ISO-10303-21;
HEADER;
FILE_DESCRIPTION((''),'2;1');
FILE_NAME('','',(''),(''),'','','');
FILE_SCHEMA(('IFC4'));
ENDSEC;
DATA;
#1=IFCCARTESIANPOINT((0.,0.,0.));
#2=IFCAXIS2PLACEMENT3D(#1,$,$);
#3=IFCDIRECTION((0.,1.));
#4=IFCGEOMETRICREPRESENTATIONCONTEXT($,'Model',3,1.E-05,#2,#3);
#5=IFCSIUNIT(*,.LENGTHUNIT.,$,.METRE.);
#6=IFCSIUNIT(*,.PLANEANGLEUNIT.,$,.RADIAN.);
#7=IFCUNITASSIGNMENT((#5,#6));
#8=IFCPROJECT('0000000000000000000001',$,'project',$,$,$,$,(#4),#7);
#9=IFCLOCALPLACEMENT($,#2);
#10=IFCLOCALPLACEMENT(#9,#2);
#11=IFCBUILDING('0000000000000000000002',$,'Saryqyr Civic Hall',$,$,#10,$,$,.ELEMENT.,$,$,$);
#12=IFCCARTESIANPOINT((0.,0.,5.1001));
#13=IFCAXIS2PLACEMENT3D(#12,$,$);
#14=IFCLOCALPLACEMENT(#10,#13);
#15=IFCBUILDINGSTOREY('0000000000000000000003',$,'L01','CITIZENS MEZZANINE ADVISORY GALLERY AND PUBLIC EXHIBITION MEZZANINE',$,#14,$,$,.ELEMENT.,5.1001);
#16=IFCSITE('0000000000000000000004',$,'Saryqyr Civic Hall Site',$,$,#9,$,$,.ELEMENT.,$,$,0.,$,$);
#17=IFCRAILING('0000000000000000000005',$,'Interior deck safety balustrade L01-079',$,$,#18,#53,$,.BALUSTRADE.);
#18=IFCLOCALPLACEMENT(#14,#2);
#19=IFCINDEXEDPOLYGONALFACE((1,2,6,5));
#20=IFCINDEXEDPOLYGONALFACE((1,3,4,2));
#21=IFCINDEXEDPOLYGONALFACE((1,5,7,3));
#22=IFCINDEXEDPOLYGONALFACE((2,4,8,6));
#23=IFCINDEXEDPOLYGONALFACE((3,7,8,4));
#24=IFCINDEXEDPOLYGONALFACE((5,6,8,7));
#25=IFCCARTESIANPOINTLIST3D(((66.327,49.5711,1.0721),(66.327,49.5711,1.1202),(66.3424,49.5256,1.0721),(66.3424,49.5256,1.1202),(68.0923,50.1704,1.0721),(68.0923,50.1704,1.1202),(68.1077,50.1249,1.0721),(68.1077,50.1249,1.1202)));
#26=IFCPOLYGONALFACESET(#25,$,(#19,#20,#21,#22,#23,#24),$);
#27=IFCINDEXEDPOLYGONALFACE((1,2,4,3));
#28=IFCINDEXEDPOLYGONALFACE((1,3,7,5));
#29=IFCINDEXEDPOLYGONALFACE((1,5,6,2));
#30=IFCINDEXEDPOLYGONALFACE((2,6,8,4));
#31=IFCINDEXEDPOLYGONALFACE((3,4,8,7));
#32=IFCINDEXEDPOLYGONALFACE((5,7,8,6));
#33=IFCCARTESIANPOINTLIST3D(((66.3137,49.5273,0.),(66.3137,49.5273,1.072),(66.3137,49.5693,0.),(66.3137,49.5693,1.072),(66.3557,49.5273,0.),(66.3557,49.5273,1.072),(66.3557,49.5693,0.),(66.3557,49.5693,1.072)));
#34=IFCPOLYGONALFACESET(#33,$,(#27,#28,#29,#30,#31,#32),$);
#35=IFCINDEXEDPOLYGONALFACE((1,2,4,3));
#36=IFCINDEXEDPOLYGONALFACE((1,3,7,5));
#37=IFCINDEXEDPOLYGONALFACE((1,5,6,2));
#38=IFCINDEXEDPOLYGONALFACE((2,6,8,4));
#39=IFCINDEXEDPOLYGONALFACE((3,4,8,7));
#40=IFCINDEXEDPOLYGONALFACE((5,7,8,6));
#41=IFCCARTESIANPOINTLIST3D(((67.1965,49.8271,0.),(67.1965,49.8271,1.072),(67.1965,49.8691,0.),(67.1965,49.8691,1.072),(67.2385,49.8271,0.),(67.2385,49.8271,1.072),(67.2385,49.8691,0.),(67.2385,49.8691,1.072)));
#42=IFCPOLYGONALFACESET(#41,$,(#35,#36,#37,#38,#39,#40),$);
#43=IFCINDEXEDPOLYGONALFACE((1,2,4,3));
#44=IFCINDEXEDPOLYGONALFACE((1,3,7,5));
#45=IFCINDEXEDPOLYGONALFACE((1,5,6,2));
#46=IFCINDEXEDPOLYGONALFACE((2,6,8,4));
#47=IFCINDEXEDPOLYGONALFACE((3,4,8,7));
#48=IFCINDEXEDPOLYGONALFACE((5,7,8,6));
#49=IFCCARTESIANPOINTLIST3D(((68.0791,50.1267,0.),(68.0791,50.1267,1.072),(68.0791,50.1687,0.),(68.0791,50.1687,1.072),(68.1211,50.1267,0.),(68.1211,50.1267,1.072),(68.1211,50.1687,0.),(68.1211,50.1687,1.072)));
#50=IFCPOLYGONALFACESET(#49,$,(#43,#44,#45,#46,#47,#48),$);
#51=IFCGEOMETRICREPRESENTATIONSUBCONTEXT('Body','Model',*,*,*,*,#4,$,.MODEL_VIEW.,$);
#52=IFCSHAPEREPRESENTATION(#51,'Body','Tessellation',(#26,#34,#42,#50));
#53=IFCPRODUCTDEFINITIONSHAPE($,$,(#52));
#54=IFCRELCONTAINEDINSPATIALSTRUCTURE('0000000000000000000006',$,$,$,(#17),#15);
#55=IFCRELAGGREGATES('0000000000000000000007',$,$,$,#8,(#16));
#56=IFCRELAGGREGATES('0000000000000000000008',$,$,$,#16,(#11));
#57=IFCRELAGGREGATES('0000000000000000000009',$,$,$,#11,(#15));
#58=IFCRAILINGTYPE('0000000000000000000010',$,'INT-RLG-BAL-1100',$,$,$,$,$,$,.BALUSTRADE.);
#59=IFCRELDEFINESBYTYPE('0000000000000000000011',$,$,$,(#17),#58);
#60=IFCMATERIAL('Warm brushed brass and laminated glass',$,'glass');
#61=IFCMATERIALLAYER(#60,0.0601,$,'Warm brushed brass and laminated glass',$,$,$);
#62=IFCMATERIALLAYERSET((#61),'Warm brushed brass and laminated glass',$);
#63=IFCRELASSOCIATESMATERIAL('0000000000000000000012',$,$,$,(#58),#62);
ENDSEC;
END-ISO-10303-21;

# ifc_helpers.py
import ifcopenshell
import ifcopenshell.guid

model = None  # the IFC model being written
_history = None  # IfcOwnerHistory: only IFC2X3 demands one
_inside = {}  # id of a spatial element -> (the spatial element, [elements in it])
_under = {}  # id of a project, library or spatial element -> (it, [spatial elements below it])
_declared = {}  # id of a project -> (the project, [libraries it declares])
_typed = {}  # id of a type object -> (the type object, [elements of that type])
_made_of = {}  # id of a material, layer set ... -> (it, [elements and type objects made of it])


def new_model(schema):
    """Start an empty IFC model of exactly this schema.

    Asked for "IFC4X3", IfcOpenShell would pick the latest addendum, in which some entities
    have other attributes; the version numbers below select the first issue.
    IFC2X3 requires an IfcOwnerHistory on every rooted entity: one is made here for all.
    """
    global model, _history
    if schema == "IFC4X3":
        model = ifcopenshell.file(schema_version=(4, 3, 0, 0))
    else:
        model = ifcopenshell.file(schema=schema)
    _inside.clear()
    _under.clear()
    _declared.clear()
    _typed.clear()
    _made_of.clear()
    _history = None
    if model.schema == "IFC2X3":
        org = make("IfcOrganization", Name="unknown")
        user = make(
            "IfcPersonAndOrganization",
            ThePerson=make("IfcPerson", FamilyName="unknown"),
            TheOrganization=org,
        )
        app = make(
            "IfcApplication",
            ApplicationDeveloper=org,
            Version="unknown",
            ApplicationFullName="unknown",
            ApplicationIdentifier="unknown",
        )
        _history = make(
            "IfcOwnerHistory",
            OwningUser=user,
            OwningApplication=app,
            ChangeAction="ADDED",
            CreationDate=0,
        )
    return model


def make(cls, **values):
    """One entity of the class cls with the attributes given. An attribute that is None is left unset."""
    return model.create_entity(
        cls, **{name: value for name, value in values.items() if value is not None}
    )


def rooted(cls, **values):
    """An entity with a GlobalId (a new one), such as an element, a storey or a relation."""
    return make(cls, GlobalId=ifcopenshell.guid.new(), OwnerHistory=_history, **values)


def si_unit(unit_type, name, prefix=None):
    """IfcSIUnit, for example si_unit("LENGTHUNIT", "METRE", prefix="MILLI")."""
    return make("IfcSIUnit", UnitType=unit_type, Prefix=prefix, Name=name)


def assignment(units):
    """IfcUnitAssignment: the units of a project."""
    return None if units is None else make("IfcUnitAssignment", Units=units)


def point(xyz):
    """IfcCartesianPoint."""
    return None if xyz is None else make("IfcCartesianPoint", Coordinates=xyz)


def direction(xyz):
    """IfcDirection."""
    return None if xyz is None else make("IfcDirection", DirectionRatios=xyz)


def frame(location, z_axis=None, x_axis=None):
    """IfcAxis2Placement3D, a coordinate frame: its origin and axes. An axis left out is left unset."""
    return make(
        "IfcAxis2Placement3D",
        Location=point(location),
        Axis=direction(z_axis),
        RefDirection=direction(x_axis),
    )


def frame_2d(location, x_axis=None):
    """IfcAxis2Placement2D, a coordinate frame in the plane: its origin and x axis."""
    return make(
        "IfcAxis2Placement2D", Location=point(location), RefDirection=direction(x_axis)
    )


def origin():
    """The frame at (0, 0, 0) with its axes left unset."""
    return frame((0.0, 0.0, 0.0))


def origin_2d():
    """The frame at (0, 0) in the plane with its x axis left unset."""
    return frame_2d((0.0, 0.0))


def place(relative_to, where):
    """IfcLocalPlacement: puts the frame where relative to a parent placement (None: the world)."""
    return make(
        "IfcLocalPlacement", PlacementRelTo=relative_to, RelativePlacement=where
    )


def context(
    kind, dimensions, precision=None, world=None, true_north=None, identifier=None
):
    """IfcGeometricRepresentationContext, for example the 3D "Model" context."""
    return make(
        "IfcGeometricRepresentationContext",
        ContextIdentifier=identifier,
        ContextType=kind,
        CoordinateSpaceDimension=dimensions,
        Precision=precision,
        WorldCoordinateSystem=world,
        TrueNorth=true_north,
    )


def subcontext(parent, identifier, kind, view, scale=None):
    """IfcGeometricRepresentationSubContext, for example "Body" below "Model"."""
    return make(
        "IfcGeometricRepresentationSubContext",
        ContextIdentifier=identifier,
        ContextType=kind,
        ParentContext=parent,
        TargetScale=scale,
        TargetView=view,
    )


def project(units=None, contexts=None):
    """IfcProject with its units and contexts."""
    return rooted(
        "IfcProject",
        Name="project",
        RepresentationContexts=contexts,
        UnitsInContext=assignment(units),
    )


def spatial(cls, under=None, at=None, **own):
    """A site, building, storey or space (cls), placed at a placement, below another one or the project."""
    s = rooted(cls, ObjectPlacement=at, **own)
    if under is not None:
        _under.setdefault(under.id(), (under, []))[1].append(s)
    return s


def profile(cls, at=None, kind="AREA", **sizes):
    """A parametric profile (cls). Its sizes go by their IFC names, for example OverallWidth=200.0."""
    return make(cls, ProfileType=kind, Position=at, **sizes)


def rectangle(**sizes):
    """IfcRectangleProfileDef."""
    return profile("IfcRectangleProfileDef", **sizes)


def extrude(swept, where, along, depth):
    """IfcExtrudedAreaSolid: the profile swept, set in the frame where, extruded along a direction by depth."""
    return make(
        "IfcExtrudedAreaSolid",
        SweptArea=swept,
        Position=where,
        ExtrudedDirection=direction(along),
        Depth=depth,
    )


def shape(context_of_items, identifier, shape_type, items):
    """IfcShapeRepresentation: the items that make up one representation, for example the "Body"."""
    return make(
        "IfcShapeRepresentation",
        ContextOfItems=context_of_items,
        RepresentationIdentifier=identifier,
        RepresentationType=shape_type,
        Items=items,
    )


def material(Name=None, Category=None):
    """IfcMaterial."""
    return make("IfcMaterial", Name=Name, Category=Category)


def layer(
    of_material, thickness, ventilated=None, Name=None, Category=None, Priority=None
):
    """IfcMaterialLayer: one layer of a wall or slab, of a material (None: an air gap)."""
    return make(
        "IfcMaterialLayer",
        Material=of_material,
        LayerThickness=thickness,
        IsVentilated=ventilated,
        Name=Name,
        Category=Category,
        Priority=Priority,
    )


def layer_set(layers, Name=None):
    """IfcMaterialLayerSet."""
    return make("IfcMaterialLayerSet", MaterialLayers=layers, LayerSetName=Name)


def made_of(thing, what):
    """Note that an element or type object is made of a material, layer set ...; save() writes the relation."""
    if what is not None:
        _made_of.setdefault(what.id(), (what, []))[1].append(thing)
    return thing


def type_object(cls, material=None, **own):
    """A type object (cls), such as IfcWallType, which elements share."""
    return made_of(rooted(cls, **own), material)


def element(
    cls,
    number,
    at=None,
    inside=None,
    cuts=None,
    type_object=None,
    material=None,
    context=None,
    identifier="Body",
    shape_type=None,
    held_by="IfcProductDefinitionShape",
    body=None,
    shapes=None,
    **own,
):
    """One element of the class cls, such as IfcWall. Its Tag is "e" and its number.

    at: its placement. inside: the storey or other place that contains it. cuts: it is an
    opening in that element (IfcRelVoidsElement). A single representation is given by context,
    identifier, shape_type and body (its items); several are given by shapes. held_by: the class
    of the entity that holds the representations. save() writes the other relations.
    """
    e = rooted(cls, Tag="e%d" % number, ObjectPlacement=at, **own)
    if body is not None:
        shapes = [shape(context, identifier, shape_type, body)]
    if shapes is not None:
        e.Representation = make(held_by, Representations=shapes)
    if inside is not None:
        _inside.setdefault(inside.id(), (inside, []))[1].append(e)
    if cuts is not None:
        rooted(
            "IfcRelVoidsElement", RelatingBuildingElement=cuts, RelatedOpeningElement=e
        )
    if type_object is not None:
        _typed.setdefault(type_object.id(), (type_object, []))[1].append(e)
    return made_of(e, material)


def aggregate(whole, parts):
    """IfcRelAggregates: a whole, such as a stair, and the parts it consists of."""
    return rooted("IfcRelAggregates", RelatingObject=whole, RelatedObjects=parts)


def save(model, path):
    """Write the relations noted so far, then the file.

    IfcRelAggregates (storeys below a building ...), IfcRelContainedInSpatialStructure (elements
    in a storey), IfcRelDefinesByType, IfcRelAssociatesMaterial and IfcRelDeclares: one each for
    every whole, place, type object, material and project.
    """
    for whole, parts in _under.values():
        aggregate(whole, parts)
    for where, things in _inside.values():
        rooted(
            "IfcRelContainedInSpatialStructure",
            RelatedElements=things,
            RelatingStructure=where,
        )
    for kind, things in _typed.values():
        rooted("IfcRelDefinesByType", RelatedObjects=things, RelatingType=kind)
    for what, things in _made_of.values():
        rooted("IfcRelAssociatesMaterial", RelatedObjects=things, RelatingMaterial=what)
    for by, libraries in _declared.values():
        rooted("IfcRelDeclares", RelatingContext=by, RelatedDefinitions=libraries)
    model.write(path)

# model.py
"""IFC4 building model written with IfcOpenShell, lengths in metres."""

from ifc_helpers import new_model, si_unit, direction, frame, origin, origin_2d, place, context, subcontext, project, spatial, rectangle, extrude, material, layer, layer_set, type_object, element, save


model = new_model("IFC4")

# Units and contexts
model_context = context("Model", 3, precision=1e-05, world=origin(), true_north=direction((0.0, 1.0)))
body_context = subcontext(model_context, "Body", "Model", "MODEL_VIEW")
ifc_project = project(units=[si_unit("LENGTHUNIT", "METRE"), si_unit("PLANEANGLEUNIT", "RADIAN")], contexts=[model_context])

# Site, building, storey
site_placement = place(None, origin())
site = spatial("IfcSite", under=ifc_project, at=site_placement, Name="Saryqyr Civic Hall Site", CompositionType="ELEMENT", RefElevation=0.0)
building_placement = place(site_placement, origin())
building = spatial("IfcBuilding", under=site, at=building_placement, Name="Saryqyr Civic Hall", CompositionType="ELEMENT")
storey_placement = place(building_placement, frame((0.0, 0.0, 5.1001)))
storey = spatial("IfcBuildingStorey", under=building, at=storey_placement, Name="L01", Description="CITIZENS MEZZANINE ADVISORY GALLERY AND PUBLIC EXHIBITION MEZZANINE", CompositionType="ELEMENT", Elevation=5.1001)

# Railing
ifc_material_1 = material(Name="Warm brushed brass and laminated glass", Category="glass")
ifc_layer_1 = layer(ifc_material_1, 0.0601, Name="Warm brushed brass and laminated glass")
ifc_layer_set_1 = layer_set([ifc_layer_1], Name="Warm brushed brass and laminated glass")
railing_type = type_object("IfcRailingType", Name="INT-RLG-BAL-1100", PredefinedType="BALUSTRADE", material=ifc_layer_set_1)
railing_1_placement = place(storey_placement, frame((66.3347, 49.5483, 0.0)))
element("IfcRailing", 1, at=railing_1_placement, inside=storey, type_object=railing_type, Name="Interior deck safety balustrade L01-079", PredefinedType="BALUSTRADE", context=body_context, shape_type="SweptSolid", body=[
    extrude(rectangle(XDim=0.0481, YDim=0.0481, at=origin_2d()), frame((0.0, 0.0, 1.0962), z_axis=(0.946914, 0.321487, 0.0), x_axis=(-0.321487, 0.946914, 0.0)), (0.0, 0.0, 1.0), 1.8643),
    extrude(rectangle(XDim=0.042, YDim=0.042, at=origin_2d()), origin(), (0.0, 0.0, 1.0), 1.072),
    extrude(rectangle(XDim=0.042, YDim=0.042, at=origin_2d()), frame((0.8828, 0.2998, 0.0)), (0.0, 0.0, 1.0), 1.072),
    extrude(rectangle(XDim=0.042, YDim=0.042, at=origin_2d()), frame((1.7654, 0.5994, 0.0)), (0.0, 0.0, 1.0), 1.072),
])

save(model, "model.ifc")
